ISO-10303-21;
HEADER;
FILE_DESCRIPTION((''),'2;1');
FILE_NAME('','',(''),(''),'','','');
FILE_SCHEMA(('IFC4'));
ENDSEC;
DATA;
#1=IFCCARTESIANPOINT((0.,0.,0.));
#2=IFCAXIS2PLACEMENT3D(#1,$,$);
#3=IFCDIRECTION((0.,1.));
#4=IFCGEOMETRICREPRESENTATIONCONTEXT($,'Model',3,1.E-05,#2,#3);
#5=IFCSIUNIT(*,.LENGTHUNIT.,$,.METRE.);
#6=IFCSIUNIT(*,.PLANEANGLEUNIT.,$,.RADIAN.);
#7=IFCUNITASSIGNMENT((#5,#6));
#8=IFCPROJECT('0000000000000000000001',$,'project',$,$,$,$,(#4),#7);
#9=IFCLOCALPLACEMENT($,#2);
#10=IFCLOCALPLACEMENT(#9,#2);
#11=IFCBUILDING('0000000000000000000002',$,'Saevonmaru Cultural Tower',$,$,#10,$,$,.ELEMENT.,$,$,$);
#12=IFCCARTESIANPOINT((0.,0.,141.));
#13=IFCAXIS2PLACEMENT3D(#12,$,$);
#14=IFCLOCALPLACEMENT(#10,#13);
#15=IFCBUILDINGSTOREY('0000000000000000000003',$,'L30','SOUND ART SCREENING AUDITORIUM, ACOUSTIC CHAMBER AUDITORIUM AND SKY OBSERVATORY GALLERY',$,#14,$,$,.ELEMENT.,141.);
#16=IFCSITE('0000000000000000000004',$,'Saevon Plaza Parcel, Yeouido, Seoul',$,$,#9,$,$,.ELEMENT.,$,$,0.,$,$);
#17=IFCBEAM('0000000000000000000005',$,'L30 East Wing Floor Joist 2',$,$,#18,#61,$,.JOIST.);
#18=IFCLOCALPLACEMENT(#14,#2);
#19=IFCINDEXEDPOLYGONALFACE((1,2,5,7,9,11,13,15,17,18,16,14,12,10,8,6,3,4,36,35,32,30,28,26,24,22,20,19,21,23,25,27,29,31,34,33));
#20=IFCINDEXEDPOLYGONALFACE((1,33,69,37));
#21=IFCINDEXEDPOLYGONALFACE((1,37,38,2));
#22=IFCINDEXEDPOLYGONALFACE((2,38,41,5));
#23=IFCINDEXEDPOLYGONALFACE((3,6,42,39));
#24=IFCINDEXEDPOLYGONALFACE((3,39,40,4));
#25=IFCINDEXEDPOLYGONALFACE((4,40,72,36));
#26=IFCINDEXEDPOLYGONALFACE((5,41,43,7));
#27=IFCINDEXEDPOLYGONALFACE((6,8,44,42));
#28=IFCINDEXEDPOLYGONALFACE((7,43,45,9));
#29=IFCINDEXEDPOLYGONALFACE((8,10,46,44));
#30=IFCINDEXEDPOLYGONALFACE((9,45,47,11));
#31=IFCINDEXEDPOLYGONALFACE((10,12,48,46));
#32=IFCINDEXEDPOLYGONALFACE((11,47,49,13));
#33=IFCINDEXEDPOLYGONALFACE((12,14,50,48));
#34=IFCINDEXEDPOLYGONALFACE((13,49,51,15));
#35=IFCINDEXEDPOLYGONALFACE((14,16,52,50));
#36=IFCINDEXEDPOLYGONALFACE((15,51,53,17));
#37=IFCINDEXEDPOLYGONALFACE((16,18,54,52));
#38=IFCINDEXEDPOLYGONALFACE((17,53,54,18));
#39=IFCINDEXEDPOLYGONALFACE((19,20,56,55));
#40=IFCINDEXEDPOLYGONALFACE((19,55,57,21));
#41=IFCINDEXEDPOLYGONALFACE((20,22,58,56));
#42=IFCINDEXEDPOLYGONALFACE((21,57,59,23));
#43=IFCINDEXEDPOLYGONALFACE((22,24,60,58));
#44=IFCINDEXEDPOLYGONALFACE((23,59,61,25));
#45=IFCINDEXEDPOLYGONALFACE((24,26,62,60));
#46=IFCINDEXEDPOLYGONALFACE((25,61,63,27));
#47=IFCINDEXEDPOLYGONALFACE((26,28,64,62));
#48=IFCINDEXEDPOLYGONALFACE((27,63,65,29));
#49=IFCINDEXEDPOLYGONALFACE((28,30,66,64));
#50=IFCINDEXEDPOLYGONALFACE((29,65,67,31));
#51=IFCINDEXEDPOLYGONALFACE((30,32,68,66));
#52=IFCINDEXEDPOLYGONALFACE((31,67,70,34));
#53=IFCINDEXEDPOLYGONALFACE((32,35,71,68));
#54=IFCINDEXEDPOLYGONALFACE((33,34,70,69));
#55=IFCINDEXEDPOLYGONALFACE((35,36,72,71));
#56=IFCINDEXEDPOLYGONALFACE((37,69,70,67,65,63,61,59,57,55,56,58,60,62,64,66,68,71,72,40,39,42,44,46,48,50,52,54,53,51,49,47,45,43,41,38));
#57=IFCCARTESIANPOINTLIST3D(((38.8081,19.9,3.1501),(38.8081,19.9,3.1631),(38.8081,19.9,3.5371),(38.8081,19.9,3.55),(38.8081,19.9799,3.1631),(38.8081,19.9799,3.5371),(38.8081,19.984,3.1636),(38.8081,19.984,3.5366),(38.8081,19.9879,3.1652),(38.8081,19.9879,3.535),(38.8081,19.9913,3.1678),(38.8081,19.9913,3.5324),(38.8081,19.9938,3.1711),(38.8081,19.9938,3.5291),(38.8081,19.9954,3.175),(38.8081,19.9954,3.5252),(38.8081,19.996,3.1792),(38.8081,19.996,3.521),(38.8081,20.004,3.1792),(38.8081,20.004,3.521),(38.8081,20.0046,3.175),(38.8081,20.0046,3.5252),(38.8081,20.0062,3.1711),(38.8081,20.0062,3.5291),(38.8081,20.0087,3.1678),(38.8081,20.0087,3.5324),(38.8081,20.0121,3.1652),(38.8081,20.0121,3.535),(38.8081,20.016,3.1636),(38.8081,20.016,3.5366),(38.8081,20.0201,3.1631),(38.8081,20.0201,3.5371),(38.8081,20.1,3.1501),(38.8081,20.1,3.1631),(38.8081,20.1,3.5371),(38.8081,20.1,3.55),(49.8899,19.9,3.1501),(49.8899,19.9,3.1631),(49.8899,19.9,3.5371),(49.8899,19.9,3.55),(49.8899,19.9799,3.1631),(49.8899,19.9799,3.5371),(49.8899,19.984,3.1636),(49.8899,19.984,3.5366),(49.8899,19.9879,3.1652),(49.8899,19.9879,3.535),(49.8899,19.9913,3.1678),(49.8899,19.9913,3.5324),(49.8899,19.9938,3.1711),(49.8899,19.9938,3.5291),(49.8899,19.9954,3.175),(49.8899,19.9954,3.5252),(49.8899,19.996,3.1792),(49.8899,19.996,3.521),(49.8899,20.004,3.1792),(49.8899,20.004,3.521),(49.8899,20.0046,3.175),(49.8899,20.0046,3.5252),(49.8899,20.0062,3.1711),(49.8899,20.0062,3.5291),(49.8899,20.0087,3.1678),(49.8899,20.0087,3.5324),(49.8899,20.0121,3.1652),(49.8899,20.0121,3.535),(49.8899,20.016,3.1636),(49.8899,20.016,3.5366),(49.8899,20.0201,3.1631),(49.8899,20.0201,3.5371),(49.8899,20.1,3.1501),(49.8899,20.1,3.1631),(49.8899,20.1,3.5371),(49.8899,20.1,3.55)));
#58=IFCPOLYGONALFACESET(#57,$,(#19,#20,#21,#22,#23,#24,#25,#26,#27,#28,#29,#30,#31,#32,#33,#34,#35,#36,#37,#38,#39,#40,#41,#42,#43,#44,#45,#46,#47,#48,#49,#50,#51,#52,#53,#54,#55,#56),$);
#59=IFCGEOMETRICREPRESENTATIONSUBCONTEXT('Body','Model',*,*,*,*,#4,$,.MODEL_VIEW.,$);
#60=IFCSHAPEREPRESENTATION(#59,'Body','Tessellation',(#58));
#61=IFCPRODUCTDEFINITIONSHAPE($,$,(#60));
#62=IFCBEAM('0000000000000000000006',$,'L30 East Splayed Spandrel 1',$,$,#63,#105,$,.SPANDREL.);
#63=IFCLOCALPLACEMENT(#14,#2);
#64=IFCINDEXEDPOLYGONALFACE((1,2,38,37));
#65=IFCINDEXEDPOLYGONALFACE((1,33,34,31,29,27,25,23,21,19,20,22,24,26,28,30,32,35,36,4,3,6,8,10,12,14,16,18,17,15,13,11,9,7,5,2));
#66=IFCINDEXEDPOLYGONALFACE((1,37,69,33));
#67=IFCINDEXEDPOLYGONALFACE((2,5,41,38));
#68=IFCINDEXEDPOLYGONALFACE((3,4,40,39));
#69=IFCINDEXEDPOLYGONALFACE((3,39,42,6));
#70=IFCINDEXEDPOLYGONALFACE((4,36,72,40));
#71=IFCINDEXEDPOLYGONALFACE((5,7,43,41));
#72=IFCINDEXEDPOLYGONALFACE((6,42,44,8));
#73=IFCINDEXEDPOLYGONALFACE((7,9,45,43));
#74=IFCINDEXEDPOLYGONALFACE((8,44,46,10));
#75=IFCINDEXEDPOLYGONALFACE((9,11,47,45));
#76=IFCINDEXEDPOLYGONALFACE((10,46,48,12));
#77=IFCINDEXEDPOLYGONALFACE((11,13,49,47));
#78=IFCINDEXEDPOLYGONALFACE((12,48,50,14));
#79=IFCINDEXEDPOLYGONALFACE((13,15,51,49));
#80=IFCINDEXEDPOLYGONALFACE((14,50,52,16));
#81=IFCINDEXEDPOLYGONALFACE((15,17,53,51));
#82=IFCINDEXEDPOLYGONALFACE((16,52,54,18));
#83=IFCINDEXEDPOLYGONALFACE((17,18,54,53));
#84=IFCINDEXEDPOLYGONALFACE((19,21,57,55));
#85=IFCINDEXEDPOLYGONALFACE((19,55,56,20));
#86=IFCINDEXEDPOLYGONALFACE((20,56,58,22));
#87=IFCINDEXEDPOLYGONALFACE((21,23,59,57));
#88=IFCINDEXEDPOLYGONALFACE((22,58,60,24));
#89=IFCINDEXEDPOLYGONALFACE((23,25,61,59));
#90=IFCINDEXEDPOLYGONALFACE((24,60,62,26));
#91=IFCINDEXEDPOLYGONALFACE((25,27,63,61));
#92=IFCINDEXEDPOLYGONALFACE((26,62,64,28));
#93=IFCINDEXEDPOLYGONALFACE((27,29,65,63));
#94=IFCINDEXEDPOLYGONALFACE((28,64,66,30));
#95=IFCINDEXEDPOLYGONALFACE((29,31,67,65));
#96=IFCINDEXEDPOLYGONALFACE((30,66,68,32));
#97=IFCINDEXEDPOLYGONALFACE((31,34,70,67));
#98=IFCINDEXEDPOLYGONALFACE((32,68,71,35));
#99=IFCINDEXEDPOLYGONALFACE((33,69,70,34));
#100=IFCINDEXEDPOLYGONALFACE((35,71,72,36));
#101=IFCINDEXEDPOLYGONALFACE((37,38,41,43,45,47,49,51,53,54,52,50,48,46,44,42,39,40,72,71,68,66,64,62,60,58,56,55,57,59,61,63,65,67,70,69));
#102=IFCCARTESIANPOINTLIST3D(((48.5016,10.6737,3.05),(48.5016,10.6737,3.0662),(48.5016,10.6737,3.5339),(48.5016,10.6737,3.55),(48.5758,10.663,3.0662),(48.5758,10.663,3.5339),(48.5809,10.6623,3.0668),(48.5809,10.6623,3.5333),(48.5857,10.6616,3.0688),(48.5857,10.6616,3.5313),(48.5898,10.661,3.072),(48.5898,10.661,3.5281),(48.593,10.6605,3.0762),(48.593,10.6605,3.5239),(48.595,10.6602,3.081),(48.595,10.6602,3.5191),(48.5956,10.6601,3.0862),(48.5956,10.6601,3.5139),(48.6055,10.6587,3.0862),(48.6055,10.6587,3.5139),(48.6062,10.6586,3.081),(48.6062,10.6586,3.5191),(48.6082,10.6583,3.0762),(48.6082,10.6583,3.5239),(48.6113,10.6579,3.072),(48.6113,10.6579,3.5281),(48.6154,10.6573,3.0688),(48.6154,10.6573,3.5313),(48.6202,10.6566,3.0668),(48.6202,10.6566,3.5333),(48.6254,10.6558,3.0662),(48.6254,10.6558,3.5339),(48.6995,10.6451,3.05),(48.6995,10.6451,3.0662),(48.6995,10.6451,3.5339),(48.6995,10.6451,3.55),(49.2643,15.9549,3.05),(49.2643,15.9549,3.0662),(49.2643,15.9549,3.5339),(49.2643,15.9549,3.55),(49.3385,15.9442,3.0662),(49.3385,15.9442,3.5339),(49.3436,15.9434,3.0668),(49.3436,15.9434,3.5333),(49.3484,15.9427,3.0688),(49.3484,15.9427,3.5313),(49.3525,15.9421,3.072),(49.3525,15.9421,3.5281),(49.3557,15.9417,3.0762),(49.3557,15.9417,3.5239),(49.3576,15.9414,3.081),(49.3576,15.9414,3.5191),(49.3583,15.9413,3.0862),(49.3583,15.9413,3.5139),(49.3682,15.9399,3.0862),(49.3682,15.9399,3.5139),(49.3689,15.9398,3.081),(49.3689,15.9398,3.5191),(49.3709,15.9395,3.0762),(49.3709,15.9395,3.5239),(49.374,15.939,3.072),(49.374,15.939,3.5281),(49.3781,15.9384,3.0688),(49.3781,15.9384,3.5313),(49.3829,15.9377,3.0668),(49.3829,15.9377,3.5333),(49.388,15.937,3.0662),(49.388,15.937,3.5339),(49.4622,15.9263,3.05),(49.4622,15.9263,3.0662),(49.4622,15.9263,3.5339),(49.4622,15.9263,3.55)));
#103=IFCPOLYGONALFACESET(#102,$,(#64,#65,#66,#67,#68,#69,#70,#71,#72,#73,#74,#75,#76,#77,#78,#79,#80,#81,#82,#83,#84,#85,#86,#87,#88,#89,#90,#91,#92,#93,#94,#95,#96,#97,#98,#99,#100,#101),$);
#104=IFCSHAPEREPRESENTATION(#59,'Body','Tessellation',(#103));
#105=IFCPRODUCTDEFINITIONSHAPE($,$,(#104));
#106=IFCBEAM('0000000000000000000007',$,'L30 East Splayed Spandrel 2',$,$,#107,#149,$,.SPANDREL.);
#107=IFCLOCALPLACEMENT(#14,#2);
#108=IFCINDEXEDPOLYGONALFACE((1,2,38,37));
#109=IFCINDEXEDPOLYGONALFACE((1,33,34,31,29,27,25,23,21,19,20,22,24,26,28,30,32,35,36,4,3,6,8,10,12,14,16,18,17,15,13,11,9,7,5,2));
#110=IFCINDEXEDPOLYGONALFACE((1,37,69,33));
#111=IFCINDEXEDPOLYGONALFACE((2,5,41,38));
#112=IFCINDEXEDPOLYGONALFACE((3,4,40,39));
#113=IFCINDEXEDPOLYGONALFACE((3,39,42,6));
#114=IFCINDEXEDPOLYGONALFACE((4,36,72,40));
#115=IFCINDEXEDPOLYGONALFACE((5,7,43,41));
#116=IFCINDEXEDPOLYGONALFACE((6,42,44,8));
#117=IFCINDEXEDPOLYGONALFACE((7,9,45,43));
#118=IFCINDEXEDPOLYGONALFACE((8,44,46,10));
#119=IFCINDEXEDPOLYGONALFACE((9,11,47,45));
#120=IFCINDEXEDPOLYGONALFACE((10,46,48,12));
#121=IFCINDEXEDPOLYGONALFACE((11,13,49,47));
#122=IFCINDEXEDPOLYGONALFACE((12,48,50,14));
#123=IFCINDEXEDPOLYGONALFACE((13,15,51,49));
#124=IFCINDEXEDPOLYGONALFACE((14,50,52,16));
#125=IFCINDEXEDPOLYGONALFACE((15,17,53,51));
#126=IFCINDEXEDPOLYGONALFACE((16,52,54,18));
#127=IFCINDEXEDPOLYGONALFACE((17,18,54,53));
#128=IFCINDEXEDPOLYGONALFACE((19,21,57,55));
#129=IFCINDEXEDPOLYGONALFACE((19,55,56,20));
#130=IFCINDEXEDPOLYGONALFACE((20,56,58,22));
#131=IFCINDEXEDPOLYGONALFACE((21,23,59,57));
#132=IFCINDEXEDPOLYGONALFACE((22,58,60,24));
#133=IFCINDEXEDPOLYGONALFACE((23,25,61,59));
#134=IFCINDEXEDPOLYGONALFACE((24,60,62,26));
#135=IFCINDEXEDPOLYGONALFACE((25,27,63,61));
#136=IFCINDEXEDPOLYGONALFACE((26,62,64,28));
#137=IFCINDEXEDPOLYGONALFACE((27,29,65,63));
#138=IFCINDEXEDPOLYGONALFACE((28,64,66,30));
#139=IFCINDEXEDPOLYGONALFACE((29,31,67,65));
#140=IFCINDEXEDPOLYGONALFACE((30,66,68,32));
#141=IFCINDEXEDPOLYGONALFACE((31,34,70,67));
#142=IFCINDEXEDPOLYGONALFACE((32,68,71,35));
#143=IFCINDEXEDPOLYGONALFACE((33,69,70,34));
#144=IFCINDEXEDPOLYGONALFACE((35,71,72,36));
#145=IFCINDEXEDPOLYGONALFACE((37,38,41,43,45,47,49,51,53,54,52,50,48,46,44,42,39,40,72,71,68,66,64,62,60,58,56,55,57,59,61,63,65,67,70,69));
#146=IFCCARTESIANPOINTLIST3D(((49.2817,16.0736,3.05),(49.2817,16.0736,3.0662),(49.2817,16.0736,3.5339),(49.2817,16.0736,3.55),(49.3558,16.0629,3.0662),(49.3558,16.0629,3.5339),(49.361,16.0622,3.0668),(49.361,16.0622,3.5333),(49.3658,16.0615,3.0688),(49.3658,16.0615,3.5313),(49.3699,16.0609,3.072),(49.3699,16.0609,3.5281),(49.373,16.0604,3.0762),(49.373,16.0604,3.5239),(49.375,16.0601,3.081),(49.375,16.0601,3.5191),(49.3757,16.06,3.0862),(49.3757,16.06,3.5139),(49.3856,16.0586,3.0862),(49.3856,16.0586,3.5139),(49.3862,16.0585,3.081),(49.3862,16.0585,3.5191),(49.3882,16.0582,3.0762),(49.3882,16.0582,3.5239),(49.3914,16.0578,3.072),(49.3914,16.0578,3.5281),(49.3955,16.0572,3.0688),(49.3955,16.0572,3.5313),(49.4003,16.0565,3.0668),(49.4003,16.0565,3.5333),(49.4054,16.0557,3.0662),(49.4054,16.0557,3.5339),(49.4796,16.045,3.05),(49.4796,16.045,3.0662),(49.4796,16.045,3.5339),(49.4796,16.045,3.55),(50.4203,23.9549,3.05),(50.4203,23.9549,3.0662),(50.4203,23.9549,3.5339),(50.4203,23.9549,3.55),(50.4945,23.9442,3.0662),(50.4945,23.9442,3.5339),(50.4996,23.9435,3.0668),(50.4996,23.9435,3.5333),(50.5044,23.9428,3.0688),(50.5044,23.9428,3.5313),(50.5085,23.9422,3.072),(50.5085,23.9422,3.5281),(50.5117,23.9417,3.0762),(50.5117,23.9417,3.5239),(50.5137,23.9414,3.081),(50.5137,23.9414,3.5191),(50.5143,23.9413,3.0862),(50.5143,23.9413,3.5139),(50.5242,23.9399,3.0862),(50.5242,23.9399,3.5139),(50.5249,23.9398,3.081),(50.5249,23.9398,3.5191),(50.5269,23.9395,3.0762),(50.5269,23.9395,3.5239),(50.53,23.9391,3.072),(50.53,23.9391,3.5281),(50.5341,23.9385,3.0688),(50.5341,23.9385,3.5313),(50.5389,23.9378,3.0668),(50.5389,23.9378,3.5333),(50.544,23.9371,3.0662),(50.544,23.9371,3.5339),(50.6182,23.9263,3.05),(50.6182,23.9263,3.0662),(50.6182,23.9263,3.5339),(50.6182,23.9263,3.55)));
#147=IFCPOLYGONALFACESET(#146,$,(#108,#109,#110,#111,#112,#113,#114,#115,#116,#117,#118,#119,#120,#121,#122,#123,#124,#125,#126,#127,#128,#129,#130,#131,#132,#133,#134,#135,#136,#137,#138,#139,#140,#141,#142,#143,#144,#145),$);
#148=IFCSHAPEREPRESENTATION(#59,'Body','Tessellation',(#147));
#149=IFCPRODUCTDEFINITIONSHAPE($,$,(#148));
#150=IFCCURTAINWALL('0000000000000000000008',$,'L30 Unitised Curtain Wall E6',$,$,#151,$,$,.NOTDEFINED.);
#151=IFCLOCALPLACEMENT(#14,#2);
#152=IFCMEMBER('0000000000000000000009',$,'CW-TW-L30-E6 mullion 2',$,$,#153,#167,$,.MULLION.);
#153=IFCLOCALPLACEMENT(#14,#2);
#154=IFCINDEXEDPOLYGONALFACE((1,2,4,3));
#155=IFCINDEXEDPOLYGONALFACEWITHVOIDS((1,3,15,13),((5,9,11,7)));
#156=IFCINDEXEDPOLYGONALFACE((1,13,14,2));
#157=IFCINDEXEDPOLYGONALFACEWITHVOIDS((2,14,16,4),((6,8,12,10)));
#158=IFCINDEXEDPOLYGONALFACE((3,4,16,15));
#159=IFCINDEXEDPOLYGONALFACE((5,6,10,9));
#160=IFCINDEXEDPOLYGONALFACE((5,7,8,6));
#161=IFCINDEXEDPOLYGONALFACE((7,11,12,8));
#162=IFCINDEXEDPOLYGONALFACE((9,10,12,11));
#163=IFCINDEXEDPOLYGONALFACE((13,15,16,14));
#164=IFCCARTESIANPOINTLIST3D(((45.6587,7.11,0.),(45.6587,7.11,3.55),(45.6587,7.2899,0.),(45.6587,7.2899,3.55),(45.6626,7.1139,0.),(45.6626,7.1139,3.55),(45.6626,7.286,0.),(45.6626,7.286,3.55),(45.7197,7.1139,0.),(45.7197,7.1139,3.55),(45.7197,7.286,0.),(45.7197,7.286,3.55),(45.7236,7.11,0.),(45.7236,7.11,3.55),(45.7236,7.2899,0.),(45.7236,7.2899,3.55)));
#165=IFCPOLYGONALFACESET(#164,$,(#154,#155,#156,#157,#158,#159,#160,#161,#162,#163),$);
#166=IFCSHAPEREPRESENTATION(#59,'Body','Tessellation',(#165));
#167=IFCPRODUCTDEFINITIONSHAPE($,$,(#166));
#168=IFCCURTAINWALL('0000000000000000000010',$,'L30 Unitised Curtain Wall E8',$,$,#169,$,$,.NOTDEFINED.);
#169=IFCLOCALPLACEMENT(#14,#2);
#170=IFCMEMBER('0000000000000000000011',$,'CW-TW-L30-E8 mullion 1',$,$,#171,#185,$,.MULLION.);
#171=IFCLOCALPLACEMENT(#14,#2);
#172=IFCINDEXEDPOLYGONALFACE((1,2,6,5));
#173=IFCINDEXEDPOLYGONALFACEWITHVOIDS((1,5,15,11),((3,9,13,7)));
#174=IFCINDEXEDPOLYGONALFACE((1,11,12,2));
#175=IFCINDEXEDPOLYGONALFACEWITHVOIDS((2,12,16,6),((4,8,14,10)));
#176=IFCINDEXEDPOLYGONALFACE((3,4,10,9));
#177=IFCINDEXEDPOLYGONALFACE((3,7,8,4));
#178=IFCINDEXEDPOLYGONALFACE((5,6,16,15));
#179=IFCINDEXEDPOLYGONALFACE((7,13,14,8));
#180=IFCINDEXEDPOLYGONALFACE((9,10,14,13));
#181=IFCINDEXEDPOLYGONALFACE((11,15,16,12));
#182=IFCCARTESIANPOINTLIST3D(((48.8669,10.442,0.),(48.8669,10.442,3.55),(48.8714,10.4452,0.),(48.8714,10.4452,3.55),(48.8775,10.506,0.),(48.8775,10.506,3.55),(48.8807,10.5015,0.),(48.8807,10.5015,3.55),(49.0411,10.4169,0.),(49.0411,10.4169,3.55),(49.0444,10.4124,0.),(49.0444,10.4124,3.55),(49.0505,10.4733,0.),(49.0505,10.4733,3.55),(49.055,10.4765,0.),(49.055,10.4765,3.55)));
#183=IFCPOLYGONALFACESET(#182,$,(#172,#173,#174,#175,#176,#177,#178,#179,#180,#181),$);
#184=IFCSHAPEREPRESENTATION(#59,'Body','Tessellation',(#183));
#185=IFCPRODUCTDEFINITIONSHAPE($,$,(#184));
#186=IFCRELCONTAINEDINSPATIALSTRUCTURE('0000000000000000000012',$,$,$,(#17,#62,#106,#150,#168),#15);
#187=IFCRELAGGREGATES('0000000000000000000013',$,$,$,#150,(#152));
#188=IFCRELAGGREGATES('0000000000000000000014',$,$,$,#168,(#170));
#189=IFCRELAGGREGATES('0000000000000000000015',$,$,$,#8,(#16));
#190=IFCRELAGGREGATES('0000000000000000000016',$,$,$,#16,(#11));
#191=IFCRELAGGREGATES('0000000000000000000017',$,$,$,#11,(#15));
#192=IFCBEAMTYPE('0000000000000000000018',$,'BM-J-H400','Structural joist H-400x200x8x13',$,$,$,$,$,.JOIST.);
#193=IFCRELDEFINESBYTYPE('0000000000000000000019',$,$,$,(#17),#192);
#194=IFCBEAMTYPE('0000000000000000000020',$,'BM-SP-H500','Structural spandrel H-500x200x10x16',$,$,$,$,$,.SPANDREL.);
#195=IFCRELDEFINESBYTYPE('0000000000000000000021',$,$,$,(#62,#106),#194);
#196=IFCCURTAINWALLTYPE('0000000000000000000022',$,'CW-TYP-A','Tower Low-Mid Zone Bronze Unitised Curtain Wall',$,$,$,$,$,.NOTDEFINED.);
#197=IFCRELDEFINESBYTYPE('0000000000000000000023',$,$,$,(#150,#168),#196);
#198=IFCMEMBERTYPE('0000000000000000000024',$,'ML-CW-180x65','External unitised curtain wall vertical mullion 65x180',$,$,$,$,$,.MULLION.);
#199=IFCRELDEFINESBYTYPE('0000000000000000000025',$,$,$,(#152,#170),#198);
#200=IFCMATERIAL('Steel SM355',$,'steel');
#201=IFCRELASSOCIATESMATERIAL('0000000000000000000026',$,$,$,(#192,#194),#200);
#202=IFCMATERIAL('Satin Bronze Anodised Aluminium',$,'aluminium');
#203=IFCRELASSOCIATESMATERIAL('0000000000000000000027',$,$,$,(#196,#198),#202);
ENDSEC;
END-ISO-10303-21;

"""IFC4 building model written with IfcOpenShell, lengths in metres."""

from ifc_helpers import new_model, si_unit, direction, frame, origin, origin_2d, place, context, subcontext, project, spatial, hollow_rectangle, i_section, extrude, material, material_profile, profile_set, type_object, element, aggregate, save


model = new_model("IFC4")

# Units and contexts
model_context = context("Model", 3, precision=1e-05, world=origin(), true_north=direction((0.0, 1.0)))
body_context = subcontext(model_context, "Body", "Model", "MODEL_VIEW")
ifc_project = project(units=[si_unit("LENGTHUNIT", "METRE"), si_unit("PLANEANGLEUNIT", "RADIAN")], contexts=[model_context])

# Site, building, storey
site_placement = place(None, origin())
site = spatial("IfcSite", under=ifc_project, at=site_placement, Name="Saevon Plaza Parcel, Yeouido, Seoul", CompositionType="ELEMENT", RefElevation=0.0)
building_placement = place(site_placement, origin())
building = spatial("IfcBuilding", under=site, at=building_placement, Name="Saevonmaru Cultural Tower", CompositionType="ELEMENT")
storey_placement = place(building_placement, frame((0.0, 0.0, 141.0)))
storey = spatial("IfcBuildingStorey", under=building, at=storey_placement, Name="L30", Description="SOUND ART SCREENING AUDITORIUM, ACOUSTIC CHAMBER AUDITORIUM AND SKY OBSERVATORY GALLERY", CompositionType="ELEMENT", Elevation=141.0)

# Shared definitions
ifc_material_1 = material(Name="Steel SM355", Category="steel")

# Beams
ifc_material_profile_1 = material_profile(ifc_material_1, i_section(OverallWidth=0.2, OverallDepth=0.3999, WebThickness=0.0081, FlangeThickness=0.0129, FilletRadius=0.0161, at=origin_2d()), Name="H-400x200x8x13")
ifc_profile_set_1 = profile_set([ifc_material_profile_1], Name="Steel SM355")
beam_type_1 = type_object("IfcBeamType", Name="BM-J-H400", Description="Structural joist H-400x200x8x13", PredefinedType="JOIST", material=ifc_profile_set_1)
beam_1_placement = place(storey_placement, frame((38.8081, 20.0, 3.3501), z_axis=(1.0, 0.0, 0.0), x_axis=(0.0, 1.0, 0.0)))
element("IfcBeam", 1, at=beam_1_placement, inside=storey, type_object=beam_type_1, Name="L30 East Wing Floor Joist 2", PredefinedType="JOIST", context=body_context, shape_type="SweptSolid", body=[
    extrude(i_section(OverallWidth=0.2, OverallDepth=0.3999, WebThickness=0.0081, FlangeThickness=0.0129, FilletRadius=0.0161, at=origin_2d()), origin(), (0.0, 0.0, 1.0), 11.0818),
])
ifc_material_profile_2 = material_profile(ifc_material_1, i_section(OverallWidth=0.2, OverallDepth=0.5, WebThickness=0.01, FlangeThickness=0.0161, FilletRadius=0.02, at=origin_2d()), Name="H-500x200x10x16")
ifc_profile_set_2 = profile_set([ifc_material_profile_2], Name="Steel SM355")
beam_type_2 = type_object("IfcBeamType", Name="BM-SP-H500", Description="Structural spandrel H-500x200x10x16", PredefinedType="SPANDREL", material=ifc_profile_set_2)
beam_2_placement = place(storey_placement, frame((48.6006, 10.6594, 3.3), z_axis=(0.142933, 0.989732, 0.0), x_axis=(-0.989732, 0.142933, 0.0)))
element("IfcBeam", 2, at=beam_2_placement, inside=storey, type_object=beam_type_2, Name="L30 East Splayed Spandrel 1", PredefinedType="SPANDREL", context=body_context, shape_type="SweptSolid", body=[
    extrude(i_section(OverallWidth=0.2, OverallDepth=0.5, WebThickness=0.01, FlangeThickness=0.0161, FilletRadius=0.02, at=origin_2d()), origin(), (0.0, 0.0, 1.0), 5.3359),
])
beam_3_placement = place(storey_placement, frame((49.3806, 16.0593, 3.3), z_axis=(0.142992, 0.989724, 0.0), x_axis=(-0.989724, 0.142992, 0.0)))
element("IfcBeam", 3, at=beam_3_placement, inside=storey, type_object=beam_type_2, Name="L30 East Splayed Spandrel 2", PredefinedType="SPANDREL", context=body_context, shape_type="SweptSolid", body=[
    extrude(i_section(OverallWidth=0.2, OverallDepth=0.5, WebThickness=0.01, FlangeThickness=0.0161, FilletRadius=0.02, at=origin_2d()), origin(), (0.0, 0.0, 1.0), 7.9631),
])

# Curtain wall, member
ifc_material_2 = material(Name="Satin Bronze Anodised Aluminium", Category="aluminium")
curtain_wall_type = type_object("IfcCurtainWallType", Name="CW-TYP-A", Description="Tower Low-Mid Zone Bronze Unitised Curtain Wall", PredefinedType="NOTDEFINED", material=ifc_material_2)
curtain_wall_1_placement = place(storey_placement, origin())
curtain_wall_1 = element("IfcCurtainWall", 4, at=curtain_wall_1_placement, inside=storey, type_object=curtain_wall_type, Name="L30 Unitised Curtain Wall E6", PredefinedType="NOTDEFINED")
ifc_material_profile_3 = material_profile(ifc_material_2, hollow_rectangle(XDim=0.0649, YDim=0.1799, WallThickness=0.0039, at=origin_2d()), Name="ALU-MULL-180x65x4")
ifc_profile_set_3 = profile_set([ifc_material_profile_3], Name="Satin Bronze Anodised Aluminium")
member_type_1 = type_object("IfcMemberType", Name="ML-CW-180x65", Description="External unitised curtain wall vertical mullion 65x180", PredefinedType="MULLION", material=ifc_profile_set_3)
member_1_placement = place(storey_placement, frame((45.6912, 7.2, 0.0), z_axis=(0.0, 0.0, 1.0), x_axis=(1.0, 0.0, 0.0)))
member_1 = element("IfcMember", 5, at=member_1_placement, type_object=member_type_1, Name="CW-TW-L30-E6 mullion 2", PredefinedType="MULLION", context=body_context, shape_type="SweptSolid", body=[
    extrude(hollow_rectangle(XDim=0.0649, YDim=0.1799, WallThickness=0.0039, at=origin_2d()), origin(), (0.0, 0.0, 1.0), 3.55),
])

# Curtain wall, member
curtain_wall_2_placement = place(storey_placement, origin())
curtain_wall_2 = element("IfcCurtainWall", 6, at=curtain_wall_2_placement, inside=storey, type_object=curtain_wall_type, Name="L30 Unitised Curtain Wall E8", PredefinedType="NOTDEFINED")
member_2_placement = place(storey_placement, frame((48.9609, 10.4592, 0.0), z_axis=(0.0, 0.0, 1.0), x_axis=(0.163999, 0.986461, 0.0)))
member_2 = element("IfcMember", 7, at=member_2_placement, type_object=member_type_1, Name="CW-TW-L30-E8 mullion 1", PredefinedType="MULLION", context=body_context, shape_type="SweptSolid", body=[
    extrude(hollow_rectangle(XDim=0.0649, YDim=0.1799, WallThickness=0.0039, at=origin_2d()), origin(), (0.0, 0.0, 1.0), 3.55),
])

aggregate(curtain_wall_1, [member_1])
aggregate(curtain_wall_2, [member_2])

save(model, "model.ifc")
